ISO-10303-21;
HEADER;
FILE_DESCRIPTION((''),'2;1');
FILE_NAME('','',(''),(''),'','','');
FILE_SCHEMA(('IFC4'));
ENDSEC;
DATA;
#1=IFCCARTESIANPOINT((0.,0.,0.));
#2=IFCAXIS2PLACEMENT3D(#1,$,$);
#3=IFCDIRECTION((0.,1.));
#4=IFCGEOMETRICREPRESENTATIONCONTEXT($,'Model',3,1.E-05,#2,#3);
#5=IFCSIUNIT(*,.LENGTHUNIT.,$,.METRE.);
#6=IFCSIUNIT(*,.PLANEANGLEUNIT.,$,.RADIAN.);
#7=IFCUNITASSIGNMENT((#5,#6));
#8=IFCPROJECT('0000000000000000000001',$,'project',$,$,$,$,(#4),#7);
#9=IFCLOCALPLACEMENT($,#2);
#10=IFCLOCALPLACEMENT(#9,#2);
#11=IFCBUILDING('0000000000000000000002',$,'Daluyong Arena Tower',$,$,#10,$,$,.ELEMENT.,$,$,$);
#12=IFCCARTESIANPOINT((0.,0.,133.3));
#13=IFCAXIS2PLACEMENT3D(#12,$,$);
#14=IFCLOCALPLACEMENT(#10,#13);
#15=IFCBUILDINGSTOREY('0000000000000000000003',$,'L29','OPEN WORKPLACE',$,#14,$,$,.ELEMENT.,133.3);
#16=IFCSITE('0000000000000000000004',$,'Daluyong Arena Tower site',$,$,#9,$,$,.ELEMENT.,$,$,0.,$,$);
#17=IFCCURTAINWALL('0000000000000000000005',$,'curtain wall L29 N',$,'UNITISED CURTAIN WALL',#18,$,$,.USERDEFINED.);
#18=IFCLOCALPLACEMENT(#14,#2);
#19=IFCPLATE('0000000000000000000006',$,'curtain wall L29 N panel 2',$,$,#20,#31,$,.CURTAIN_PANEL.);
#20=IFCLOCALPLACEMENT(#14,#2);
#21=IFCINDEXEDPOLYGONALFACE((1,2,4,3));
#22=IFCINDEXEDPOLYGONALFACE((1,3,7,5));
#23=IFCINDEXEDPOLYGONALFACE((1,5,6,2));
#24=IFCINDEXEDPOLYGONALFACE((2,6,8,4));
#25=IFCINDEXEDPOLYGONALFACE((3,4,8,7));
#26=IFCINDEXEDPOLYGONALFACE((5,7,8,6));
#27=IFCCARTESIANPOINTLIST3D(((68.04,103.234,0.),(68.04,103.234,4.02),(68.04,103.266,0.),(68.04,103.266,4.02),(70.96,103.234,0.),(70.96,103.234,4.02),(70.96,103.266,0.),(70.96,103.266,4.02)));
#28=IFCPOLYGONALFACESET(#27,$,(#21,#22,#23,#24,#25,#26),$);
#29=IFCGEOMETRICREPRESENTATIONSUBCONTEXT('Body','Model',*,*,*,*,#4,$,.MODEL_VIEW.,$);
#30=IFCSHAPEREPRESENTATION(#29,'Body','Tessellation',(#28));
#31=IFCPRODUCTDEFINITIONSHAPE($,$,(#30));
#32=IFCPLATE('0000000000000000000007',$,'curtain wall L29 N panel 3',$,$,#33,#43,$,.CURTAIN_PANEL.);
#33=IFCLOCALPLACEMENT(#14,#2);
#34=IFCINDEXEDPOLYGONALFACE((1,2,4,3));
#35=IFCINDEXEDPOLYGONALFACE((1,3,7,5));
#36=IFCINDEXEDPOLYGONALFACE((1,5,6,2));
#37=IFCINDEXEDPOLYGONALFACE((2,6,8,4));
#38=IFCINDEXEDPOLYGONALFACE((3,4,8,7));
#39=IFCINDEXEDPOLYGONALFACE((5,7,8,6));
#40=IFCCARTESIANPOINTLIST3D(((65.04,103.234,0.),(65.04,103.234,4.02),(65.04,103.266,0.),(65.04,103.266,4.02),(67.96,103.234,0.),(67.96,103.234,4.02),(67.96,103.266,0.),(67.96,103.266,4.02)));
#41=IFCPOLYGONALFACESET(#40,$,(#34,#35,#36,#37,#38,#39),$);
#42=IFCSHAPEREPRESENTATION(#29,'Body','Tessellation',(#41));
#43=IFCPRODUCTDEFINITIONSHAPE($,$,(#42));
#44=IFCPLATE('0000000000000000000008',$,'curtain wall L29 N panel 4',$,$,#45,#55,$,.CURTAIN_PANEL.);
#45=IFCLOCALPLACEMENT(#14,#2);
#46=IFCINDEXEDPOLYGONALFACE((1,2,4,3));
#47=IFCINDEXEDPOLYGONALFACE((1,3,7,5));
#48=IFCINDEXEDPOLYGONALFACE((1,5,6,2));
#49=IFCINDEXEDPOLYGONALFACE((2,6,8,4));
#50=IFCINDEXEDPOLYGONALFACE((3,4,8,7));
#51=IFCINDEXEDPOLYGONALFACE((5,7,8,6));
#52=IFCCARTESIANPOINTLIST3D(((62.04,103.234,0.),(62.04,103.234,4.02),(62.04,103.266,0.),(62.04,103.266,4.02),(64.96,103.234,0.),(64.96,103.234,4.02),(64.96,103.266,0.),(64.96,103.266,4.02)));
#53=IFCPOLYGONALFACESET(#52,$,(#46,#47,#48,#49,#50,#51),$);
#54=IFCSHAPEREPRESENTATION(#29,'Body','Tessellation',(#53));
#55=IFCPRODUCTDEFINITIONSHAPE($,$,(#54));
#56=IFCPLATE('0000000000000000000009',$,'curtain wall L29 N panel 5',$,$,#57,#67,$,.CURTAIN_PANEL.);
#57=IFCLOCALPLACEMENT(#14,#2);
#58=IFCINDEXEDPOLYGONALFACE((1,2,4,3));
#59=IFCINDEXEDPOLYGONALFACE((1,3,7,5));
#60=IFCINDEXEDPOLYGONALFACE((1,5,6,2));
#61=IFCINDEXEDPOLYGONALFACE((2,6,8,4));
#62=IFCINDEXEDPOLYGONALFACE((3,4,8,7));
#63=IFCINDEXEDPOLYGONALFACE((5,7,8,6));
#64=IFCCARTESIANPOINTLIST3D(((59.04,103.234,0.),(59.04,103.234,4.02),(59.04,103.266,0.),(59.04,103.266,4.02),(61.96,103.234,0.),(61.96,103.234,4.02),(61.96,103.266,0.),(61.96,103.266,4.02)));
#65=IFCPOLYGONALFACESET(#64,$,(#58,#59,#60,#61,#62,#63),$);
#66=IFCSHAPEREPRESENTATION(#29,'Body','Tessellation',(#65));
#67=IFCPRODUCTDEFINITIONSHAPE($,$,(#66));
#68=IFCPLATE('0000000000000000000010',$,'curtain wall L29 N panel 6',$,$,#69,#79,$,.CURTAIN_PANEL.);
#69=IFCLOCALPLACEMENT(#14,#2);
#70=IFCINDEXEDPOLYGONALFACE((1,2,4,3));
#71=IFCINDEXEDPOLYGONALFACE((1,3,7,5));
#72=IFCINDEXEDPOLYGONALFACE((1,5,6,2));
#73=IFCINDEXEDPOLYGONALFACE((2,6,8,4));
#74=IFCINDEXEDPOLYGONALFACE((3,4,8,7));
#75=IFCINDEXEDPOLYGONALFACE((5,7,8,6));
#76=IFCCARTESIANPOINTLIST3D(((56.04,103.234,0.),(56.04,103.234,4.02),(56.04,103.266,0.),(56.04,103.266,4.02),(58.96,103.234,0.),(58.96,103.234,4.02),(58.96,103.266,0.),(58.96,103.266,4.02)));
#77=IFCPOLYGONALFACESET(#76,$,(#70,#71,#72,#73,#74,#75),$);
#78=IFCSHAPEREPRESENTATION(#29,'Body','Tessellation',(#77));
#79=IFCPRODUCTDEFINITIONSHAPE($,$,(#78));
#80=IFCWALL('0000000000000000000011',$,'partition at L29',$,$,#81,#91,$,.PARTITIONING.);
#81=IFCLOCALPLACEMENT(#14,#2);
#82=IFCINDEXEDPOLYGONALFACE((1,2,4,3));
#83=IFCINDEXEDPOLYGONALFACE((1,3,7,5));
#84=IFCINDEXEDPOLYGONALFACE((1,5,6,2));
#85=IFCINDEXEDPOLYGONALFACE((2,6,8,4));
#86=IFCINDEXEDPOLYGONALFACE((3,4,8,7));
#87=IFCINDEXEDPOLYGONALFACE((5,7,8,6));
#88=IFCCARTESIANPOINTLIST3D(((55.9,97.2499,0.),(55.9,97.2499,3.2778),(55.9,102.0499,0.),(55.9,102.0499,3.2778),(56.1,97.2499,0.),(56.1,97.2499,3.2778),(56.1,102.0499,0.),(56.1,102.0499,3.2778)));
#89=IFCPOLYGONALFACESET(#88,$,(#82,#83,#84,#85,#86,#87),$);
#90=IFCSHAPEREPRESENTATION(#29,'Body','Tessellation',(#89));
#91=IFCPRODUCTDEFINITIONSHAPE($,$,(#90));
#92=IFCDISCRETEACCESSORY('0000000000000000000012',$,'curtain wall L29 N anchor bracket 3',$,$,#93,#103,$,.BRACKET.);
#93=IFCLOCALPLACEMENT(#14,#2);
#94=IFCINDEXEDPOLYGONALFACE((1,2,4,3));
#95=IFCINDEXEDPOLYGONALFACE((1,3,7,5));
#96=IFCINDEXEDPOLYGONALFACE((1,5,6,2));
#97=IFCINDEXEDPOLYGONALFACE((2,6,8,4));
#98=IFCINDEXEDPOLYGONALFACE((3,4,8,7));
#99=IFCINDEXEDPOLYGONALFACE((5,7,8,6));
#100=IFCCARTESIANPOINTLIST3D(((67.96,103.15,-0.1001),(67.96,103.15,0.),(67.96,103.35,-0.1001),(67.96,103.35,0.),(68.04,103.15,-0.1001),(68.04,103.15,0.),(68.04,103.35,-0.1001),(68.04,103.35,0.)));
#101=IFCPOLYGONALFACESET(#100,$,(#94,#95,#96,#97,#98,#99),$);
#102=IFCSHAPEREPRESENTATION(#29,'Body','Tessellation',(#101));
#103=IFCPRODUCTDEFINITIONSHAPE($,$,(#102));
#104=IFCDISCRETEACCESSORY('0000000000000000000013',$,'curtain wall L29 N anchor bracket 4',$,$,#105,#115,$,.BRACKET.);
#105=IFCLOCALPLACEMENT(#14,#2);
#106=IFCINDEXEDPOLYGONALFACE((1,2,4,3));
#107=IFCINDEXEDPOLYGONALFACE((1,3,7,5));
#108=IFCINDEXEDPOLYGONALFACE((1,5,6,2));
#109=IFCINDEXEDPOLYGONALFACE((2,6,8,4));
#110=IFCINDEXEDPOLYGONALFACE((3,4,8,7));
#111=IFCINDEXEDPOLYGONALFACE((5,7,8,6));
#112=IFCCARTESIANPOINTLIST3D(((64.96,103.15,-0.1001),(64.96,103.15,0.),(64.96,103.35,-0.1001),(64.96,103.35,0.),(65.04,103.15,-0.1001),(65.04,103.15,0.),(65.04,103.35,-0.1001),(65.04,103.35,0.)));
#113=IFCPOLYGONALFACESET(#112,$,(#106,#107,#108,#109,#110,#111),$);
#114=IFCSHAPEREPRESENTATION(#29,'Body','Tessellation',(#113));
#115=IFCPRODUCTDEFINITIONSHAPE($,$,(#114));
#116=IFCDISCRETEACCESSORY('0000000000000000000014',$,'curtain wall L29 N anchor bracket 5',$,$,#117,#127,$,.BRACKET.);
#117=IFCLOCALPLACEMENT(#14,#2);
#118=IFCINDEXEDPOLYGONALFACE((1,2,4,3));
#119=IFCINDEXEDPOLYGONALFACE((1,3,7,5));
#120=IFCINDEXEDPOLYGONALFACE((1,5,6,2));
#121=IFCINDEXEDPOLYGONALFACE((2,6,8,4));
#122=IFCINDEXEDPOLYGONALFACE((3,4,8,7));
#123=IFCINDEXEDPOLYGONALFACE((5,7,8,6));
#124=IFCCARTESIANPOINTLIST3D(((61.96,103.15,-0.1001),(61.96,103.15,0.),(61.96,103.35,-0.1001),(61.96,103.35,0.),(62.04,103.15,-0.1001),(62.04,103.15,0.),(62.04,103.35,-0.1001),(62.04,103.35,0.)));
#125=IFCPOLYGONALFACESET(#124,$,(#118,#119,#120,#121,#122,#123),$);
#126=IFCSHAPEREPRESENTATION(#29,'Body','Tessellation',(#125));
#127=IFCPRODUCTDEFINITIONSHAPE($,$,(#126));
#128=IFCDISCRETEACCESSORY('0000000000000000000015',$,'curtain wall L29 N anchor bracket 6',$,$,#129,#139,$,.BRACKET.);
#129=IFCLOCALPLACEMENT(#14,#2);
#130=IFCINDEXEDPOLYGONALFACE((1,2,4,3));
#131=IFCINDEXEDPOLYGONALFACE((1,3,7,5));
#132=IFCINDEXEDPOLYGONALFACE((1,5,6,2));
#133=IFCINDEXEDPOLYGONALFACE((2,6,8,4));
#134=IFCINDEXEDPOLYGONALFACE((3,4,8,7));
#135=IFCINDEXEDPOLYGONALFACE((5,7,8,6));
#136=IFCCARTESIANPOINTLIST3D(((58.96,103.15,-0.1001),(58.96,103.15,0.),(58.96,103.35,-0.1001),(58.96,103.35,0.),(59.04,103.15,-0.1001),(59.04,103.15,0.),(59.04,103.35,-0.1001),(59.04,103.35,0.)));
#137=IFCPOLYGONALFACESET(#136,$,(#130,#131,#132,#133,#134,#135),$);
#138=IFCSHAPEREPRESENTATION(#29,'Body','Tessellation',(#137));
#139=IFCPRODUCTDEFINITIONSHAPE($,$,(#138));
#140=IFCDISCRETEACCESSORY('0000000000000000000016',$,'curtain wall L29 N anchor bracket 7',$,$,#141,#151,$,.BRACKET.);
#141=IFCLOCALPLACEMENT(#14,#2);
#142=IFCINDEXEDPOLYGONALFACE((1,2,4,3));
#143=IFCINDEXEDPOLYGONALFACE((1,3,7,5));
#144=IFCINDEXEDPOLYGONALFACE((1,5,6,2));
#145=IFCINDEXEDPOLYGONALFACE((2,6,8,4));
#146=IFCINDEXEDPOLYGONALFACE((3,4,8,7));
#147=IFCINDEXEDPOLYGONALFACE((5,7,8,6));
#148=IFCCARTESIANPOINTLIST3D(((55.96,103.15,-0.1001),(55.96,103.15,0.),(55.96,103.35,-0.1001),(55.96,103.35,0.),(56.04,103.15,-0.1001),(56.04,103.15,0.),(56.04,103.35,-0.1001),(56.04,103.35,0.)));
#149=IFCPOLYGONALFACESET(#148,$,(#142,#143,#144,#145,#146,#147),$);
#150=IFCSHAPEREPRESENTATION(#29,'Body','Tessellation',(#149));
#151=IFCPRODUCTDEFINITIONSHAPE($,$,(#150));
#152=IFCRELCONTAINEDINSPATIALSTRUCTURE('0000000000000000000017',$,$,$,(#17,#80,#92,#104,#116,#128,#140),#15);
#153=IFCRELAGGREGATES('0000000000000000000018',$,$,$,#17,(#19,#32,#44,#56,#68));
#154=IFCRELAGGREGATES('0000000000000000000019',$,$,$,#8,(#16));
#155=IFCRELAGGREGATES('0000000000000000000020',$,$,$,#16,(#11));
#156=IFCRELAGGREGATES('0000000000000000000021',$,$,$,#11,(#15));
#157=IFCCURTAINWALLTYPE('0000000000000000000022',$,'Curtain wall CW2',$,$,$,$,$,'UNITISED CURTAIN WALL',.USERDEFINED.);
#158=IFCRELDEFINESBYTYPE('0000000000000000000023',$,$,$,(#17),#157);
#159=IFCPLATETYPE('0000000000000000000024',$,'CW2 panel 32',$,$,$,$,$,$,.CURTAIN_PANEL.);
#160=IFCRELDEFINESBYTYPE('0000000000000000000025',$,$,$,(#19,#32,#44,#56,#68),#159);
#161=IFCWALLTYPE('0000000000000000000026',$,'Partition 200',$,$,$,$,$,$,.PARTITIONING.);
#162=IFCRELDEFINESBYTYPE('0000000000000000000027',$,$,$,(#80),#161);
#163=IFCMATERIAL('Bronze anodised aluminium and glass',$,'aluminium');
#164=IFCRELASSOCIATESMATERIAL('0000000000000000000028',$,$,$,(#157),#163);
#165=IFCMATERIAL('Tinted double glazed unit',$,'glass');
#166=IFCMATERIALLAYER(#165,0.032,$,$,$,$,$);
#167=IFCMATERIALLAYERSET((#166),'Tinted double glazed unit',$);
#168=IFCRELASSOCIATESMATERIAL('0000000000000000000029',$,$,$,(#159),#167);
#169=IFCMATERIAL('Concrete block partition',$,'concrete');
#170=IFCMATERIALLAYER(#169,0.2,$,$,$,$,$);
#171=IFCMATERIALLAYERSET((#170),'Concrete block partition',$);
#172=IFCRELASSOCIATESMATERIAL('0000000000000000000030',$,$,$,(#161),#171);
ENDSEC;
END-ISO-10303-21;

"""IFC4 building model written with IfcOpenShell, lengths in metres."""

from ifc_helpers import new_model, si_unit, direction, frame, frame_2d, origin, origin_2d, place, context, subcontext, project, spatial, rectangle, extrude, material, layer, layer_set, type_object, element, aggregate, save


model = new_model("IFC4")

# Units and contexts
model_context = context("Model", 3, precision=1e-05, world=origin(), true_north=direction((0.0, 1.0)))
body_context = subcontext(model_context, "Body", "Model", "MODEL_VIEW")
ifc_project = project(units=[si_unit("LENGTHUNIT", "METRE"), si_unit("PLANEANGLEUNIT", "RADIAN")], contexts=[model_context])

# Site, building, storey
site_placement = place(None, origin())
site = spatial("IfcSite", under=ifc_project, at=site_placement, Name="Daluyong Arena Tower site", CompositionType="ELEMENT", RefElevation=0.0)
building_placement = place(site_placement, origin())
building = spatial("IfcBuilding", under=site, at=building_placement, Name="Daluyong Arena Tower", CompositionType="ELEMENT")
storey_placement = place(building_placement, frame((0.0, 0.0, 133.3)))
storey = spatial("IfcBuildingStorey", under=building, at=storey_placement, Name="L29", Description="OPEN WORKPLACE", CompositionType="ELEMENT", Elevation=133.3)

# Curtain wall
ifc_material_1 = material(Name="Bronze anodised aluminium and glass", Category="aluminium")
curtain_wall_type = type_object("IfcCurtainWallType", Name="Curtain wall CW2", ElementType="UNITISED CURTAIN WALL", PredefinedType="USERDEFINED", material=ifc_material_1)
curtain_wall_placement = place(storey_placement, origin())
curtain_wall = element("IfcCurtainWall", 1, at=curtain_wall_placement, inside=storey, type_object=curtain_wall_type, Name="curtain wall L29 N", ObjectType="UNITISED CURTAIN WALL", PredefinedType="USERDEFINED")

# Plates
ifc_material_2 = material(Name="Tinted double glazed unit", Category="glass")
ifc_layer_1 = layer(ifc_material_2, 0.032)
ifc_layer_set_1 = layer_set([ifc_layer_1], Name="Tinted double glazed unit")
plate_type = type_object("IfcPlateType", Name="CW2 panel 32", PredefinedType="CURTAIN_PANEL", material=ifc_layer_set_1)
plate_1_placement = place(storey_placement, frame((69.5, 103.25, 0.0), z_axis=(0.0, 0.0, 1.0), x_axis=(-1.0, 0.0, 0.0)))
plate_1 = element("IfcPlate", 2, at=plate_1_placement, type_object=plate_type, Name="curtain wall L29 N panel 2", PredefinedType="CURTAIN_PANEL", context=body_context, shape_type="SweptSolid", body=[
    extrude(rectangle(XDim=2.9199, YDim=0.032, at=origin_2d()), origin(), (0.0, 0.0, 1.0), 4.02),
])
plate_2_placement = place(storey_placement, frame((66.5, 103.25, 0.0), z_axis=(0.0, 0.0, 1.0), x_axis=(-1.0, 0.0, 0.0)))
plate_2 = element("IfcPlate", 3, at=plate_2_placement, type_object=plate_type, Name="curtain wall L29 N panel 3", PredefinedType="CURTAIN_PANEL", context=body_context, shape_type="SweptSolid", body=[
    extrude(rectangle(XDim=2.9199, YDim=0.032, at=origin_2d()), origin(), (0.0, 0.0, 1.0), 4.02),
])
plate_3_placement = place(storey_placement, frame((63.5, 103.25, 0.0), z_axis=(0.0, 0.0, 1.0), x_axis=(-1.0, 0.0, 0.0)))
plate_3 = element("IfcPlate", 4, at=plate_3_placement, type_object=plate_type, Name="curtain wall L29 N panel 4", PredefinedType="CURTAIN_PANEL", context=body_context, shape_type="SweptSolid", body=[
    extrude(rectangle(XDim=2.9199, YDim=0.032, at=origin_2d()), origin(), (0.0, 0.0, 1.0), 4.02),
])
plate_4_placement = place(storey_placement, frame((60.5, 103.25, 0.0), z_axis=(0.0, 0.0, 1.0), x_axis=(-1.0, 0.0, 0.0)))
plate_4 = element("IfcPlate", 5, at=plate_4_placement, type_object=plate_type, Name="curtain wall L29 N panel 5", PredefinedType="CURTAIN_PANEL", context=body_context, shape_type="SweptSolid", body=[
    extrude(rectangle(XDim=2.9199, YDim=0.032, at=origin_2d()), origin(), (0.0, 0.0, 1.0), 4.02),
])
plate_5_placement = place(storey_placement, frame((57.5, 103.25, 0.0), z_axis=(0.0, 0.0, 1.0), x_axis=(-1.0, 0.0, 0.0)))
plate_5 = element("IfcPlate", 6, at=plate_5_placement, type_object=plate_type, Name="curtain wall L29 N panel 6", PredefinedType="CURTAIN_PANEL", context=body_context, shape_type="SweptSolid", body=[
    extrude(rectangle(XDim=2.9199, YDim=0.032, at=origin_2d()), origin(), (0.0, 0.0, 1.0), 4.02),
])
aggregate(curtain_wall, [plate_1, plate_2, plate_3, plate_4, plate_5])

# Wall
ifc_material_3 = material(Name="Concrete block partition", Category="concrete")
ifc_layer_2 = layer(ifc_material_3, 0.2)
ifc_layer_set_2 = layer_set([ifc_layer_2], Name="Concrete block partition")
wall_type = type_object("IfcWallType", Name="Partition 200", PredefinedType="PARTITIONING", material=ifc_layer_set_2)
wall_placement = place(storey_placement, frame((56.0, 97.25, 0.0), z_axis=(0.0, 0.0, 1.0), x_axis=(0.0, 1.0, 0.0)))
element("IfcWall", 7, at=wall_placement, inside=storey, type_object=wall_type, Name="partition at L29", PredefinedType="PARTITIONING", context=body_context, shape_type="SweptSolid", body=[
    extrude(rectangle(XDim=4.8, YDim=0.2, at=frame_2d((2.3999, 0.0))), origin(), (0.0, 0.0, 1.0), 3.2778),
])

# Discrete accessories
for number, where, z_axis, x_axis, name in (
    (8, (68.0, 103.25, -0.1001), (0.0, 0.0, 1.0), (-1.0, 0.0, 0.0), "curtain wall L29 N anchor bracket 3"),
    (9, (65.0, 103.25, -0.1001), (0.0, 0.0, 1.0), (-1.0, 0.0, 0.0), "curtain wall L29 N anchor bracket 4"),
    (10, (62.0, 103.25, -0.1001), (0.0, 0.0, 1.0), (-1.0, 0.0, 0.0), "curtain wall L29 N anchor bracket 5"),
    (11, (59.0, 103.25, -0.1001), (0.0, 0.0, 1.0), (-1.0, 0.0, 0.0), "curtain wall L29 N anchor bracket 6"),
    (12, (56.0, 103.25, -0.1001), (0.0, 0.0, 1.0), (-1.0, 0.0, 0.0), "curtain wall L29 N anchor bracket 7"),
):
    element("IfcDiscreteAccessory", number, at=place(storey_placement, frame(where, z_axis=z_axis, x_axis=x_axis)), inside=storey, Name=name, PredefinedType="BRACKET", context=body_context, shape_type="SweptSolid", body=[
        extrude(rectangle(XDim=0.0801, YDim=0.2, at=origin_2d()), origin(), (0.0, 0.0, 1.0), 0.1001),
    ])

save(model, "model.ifc")
